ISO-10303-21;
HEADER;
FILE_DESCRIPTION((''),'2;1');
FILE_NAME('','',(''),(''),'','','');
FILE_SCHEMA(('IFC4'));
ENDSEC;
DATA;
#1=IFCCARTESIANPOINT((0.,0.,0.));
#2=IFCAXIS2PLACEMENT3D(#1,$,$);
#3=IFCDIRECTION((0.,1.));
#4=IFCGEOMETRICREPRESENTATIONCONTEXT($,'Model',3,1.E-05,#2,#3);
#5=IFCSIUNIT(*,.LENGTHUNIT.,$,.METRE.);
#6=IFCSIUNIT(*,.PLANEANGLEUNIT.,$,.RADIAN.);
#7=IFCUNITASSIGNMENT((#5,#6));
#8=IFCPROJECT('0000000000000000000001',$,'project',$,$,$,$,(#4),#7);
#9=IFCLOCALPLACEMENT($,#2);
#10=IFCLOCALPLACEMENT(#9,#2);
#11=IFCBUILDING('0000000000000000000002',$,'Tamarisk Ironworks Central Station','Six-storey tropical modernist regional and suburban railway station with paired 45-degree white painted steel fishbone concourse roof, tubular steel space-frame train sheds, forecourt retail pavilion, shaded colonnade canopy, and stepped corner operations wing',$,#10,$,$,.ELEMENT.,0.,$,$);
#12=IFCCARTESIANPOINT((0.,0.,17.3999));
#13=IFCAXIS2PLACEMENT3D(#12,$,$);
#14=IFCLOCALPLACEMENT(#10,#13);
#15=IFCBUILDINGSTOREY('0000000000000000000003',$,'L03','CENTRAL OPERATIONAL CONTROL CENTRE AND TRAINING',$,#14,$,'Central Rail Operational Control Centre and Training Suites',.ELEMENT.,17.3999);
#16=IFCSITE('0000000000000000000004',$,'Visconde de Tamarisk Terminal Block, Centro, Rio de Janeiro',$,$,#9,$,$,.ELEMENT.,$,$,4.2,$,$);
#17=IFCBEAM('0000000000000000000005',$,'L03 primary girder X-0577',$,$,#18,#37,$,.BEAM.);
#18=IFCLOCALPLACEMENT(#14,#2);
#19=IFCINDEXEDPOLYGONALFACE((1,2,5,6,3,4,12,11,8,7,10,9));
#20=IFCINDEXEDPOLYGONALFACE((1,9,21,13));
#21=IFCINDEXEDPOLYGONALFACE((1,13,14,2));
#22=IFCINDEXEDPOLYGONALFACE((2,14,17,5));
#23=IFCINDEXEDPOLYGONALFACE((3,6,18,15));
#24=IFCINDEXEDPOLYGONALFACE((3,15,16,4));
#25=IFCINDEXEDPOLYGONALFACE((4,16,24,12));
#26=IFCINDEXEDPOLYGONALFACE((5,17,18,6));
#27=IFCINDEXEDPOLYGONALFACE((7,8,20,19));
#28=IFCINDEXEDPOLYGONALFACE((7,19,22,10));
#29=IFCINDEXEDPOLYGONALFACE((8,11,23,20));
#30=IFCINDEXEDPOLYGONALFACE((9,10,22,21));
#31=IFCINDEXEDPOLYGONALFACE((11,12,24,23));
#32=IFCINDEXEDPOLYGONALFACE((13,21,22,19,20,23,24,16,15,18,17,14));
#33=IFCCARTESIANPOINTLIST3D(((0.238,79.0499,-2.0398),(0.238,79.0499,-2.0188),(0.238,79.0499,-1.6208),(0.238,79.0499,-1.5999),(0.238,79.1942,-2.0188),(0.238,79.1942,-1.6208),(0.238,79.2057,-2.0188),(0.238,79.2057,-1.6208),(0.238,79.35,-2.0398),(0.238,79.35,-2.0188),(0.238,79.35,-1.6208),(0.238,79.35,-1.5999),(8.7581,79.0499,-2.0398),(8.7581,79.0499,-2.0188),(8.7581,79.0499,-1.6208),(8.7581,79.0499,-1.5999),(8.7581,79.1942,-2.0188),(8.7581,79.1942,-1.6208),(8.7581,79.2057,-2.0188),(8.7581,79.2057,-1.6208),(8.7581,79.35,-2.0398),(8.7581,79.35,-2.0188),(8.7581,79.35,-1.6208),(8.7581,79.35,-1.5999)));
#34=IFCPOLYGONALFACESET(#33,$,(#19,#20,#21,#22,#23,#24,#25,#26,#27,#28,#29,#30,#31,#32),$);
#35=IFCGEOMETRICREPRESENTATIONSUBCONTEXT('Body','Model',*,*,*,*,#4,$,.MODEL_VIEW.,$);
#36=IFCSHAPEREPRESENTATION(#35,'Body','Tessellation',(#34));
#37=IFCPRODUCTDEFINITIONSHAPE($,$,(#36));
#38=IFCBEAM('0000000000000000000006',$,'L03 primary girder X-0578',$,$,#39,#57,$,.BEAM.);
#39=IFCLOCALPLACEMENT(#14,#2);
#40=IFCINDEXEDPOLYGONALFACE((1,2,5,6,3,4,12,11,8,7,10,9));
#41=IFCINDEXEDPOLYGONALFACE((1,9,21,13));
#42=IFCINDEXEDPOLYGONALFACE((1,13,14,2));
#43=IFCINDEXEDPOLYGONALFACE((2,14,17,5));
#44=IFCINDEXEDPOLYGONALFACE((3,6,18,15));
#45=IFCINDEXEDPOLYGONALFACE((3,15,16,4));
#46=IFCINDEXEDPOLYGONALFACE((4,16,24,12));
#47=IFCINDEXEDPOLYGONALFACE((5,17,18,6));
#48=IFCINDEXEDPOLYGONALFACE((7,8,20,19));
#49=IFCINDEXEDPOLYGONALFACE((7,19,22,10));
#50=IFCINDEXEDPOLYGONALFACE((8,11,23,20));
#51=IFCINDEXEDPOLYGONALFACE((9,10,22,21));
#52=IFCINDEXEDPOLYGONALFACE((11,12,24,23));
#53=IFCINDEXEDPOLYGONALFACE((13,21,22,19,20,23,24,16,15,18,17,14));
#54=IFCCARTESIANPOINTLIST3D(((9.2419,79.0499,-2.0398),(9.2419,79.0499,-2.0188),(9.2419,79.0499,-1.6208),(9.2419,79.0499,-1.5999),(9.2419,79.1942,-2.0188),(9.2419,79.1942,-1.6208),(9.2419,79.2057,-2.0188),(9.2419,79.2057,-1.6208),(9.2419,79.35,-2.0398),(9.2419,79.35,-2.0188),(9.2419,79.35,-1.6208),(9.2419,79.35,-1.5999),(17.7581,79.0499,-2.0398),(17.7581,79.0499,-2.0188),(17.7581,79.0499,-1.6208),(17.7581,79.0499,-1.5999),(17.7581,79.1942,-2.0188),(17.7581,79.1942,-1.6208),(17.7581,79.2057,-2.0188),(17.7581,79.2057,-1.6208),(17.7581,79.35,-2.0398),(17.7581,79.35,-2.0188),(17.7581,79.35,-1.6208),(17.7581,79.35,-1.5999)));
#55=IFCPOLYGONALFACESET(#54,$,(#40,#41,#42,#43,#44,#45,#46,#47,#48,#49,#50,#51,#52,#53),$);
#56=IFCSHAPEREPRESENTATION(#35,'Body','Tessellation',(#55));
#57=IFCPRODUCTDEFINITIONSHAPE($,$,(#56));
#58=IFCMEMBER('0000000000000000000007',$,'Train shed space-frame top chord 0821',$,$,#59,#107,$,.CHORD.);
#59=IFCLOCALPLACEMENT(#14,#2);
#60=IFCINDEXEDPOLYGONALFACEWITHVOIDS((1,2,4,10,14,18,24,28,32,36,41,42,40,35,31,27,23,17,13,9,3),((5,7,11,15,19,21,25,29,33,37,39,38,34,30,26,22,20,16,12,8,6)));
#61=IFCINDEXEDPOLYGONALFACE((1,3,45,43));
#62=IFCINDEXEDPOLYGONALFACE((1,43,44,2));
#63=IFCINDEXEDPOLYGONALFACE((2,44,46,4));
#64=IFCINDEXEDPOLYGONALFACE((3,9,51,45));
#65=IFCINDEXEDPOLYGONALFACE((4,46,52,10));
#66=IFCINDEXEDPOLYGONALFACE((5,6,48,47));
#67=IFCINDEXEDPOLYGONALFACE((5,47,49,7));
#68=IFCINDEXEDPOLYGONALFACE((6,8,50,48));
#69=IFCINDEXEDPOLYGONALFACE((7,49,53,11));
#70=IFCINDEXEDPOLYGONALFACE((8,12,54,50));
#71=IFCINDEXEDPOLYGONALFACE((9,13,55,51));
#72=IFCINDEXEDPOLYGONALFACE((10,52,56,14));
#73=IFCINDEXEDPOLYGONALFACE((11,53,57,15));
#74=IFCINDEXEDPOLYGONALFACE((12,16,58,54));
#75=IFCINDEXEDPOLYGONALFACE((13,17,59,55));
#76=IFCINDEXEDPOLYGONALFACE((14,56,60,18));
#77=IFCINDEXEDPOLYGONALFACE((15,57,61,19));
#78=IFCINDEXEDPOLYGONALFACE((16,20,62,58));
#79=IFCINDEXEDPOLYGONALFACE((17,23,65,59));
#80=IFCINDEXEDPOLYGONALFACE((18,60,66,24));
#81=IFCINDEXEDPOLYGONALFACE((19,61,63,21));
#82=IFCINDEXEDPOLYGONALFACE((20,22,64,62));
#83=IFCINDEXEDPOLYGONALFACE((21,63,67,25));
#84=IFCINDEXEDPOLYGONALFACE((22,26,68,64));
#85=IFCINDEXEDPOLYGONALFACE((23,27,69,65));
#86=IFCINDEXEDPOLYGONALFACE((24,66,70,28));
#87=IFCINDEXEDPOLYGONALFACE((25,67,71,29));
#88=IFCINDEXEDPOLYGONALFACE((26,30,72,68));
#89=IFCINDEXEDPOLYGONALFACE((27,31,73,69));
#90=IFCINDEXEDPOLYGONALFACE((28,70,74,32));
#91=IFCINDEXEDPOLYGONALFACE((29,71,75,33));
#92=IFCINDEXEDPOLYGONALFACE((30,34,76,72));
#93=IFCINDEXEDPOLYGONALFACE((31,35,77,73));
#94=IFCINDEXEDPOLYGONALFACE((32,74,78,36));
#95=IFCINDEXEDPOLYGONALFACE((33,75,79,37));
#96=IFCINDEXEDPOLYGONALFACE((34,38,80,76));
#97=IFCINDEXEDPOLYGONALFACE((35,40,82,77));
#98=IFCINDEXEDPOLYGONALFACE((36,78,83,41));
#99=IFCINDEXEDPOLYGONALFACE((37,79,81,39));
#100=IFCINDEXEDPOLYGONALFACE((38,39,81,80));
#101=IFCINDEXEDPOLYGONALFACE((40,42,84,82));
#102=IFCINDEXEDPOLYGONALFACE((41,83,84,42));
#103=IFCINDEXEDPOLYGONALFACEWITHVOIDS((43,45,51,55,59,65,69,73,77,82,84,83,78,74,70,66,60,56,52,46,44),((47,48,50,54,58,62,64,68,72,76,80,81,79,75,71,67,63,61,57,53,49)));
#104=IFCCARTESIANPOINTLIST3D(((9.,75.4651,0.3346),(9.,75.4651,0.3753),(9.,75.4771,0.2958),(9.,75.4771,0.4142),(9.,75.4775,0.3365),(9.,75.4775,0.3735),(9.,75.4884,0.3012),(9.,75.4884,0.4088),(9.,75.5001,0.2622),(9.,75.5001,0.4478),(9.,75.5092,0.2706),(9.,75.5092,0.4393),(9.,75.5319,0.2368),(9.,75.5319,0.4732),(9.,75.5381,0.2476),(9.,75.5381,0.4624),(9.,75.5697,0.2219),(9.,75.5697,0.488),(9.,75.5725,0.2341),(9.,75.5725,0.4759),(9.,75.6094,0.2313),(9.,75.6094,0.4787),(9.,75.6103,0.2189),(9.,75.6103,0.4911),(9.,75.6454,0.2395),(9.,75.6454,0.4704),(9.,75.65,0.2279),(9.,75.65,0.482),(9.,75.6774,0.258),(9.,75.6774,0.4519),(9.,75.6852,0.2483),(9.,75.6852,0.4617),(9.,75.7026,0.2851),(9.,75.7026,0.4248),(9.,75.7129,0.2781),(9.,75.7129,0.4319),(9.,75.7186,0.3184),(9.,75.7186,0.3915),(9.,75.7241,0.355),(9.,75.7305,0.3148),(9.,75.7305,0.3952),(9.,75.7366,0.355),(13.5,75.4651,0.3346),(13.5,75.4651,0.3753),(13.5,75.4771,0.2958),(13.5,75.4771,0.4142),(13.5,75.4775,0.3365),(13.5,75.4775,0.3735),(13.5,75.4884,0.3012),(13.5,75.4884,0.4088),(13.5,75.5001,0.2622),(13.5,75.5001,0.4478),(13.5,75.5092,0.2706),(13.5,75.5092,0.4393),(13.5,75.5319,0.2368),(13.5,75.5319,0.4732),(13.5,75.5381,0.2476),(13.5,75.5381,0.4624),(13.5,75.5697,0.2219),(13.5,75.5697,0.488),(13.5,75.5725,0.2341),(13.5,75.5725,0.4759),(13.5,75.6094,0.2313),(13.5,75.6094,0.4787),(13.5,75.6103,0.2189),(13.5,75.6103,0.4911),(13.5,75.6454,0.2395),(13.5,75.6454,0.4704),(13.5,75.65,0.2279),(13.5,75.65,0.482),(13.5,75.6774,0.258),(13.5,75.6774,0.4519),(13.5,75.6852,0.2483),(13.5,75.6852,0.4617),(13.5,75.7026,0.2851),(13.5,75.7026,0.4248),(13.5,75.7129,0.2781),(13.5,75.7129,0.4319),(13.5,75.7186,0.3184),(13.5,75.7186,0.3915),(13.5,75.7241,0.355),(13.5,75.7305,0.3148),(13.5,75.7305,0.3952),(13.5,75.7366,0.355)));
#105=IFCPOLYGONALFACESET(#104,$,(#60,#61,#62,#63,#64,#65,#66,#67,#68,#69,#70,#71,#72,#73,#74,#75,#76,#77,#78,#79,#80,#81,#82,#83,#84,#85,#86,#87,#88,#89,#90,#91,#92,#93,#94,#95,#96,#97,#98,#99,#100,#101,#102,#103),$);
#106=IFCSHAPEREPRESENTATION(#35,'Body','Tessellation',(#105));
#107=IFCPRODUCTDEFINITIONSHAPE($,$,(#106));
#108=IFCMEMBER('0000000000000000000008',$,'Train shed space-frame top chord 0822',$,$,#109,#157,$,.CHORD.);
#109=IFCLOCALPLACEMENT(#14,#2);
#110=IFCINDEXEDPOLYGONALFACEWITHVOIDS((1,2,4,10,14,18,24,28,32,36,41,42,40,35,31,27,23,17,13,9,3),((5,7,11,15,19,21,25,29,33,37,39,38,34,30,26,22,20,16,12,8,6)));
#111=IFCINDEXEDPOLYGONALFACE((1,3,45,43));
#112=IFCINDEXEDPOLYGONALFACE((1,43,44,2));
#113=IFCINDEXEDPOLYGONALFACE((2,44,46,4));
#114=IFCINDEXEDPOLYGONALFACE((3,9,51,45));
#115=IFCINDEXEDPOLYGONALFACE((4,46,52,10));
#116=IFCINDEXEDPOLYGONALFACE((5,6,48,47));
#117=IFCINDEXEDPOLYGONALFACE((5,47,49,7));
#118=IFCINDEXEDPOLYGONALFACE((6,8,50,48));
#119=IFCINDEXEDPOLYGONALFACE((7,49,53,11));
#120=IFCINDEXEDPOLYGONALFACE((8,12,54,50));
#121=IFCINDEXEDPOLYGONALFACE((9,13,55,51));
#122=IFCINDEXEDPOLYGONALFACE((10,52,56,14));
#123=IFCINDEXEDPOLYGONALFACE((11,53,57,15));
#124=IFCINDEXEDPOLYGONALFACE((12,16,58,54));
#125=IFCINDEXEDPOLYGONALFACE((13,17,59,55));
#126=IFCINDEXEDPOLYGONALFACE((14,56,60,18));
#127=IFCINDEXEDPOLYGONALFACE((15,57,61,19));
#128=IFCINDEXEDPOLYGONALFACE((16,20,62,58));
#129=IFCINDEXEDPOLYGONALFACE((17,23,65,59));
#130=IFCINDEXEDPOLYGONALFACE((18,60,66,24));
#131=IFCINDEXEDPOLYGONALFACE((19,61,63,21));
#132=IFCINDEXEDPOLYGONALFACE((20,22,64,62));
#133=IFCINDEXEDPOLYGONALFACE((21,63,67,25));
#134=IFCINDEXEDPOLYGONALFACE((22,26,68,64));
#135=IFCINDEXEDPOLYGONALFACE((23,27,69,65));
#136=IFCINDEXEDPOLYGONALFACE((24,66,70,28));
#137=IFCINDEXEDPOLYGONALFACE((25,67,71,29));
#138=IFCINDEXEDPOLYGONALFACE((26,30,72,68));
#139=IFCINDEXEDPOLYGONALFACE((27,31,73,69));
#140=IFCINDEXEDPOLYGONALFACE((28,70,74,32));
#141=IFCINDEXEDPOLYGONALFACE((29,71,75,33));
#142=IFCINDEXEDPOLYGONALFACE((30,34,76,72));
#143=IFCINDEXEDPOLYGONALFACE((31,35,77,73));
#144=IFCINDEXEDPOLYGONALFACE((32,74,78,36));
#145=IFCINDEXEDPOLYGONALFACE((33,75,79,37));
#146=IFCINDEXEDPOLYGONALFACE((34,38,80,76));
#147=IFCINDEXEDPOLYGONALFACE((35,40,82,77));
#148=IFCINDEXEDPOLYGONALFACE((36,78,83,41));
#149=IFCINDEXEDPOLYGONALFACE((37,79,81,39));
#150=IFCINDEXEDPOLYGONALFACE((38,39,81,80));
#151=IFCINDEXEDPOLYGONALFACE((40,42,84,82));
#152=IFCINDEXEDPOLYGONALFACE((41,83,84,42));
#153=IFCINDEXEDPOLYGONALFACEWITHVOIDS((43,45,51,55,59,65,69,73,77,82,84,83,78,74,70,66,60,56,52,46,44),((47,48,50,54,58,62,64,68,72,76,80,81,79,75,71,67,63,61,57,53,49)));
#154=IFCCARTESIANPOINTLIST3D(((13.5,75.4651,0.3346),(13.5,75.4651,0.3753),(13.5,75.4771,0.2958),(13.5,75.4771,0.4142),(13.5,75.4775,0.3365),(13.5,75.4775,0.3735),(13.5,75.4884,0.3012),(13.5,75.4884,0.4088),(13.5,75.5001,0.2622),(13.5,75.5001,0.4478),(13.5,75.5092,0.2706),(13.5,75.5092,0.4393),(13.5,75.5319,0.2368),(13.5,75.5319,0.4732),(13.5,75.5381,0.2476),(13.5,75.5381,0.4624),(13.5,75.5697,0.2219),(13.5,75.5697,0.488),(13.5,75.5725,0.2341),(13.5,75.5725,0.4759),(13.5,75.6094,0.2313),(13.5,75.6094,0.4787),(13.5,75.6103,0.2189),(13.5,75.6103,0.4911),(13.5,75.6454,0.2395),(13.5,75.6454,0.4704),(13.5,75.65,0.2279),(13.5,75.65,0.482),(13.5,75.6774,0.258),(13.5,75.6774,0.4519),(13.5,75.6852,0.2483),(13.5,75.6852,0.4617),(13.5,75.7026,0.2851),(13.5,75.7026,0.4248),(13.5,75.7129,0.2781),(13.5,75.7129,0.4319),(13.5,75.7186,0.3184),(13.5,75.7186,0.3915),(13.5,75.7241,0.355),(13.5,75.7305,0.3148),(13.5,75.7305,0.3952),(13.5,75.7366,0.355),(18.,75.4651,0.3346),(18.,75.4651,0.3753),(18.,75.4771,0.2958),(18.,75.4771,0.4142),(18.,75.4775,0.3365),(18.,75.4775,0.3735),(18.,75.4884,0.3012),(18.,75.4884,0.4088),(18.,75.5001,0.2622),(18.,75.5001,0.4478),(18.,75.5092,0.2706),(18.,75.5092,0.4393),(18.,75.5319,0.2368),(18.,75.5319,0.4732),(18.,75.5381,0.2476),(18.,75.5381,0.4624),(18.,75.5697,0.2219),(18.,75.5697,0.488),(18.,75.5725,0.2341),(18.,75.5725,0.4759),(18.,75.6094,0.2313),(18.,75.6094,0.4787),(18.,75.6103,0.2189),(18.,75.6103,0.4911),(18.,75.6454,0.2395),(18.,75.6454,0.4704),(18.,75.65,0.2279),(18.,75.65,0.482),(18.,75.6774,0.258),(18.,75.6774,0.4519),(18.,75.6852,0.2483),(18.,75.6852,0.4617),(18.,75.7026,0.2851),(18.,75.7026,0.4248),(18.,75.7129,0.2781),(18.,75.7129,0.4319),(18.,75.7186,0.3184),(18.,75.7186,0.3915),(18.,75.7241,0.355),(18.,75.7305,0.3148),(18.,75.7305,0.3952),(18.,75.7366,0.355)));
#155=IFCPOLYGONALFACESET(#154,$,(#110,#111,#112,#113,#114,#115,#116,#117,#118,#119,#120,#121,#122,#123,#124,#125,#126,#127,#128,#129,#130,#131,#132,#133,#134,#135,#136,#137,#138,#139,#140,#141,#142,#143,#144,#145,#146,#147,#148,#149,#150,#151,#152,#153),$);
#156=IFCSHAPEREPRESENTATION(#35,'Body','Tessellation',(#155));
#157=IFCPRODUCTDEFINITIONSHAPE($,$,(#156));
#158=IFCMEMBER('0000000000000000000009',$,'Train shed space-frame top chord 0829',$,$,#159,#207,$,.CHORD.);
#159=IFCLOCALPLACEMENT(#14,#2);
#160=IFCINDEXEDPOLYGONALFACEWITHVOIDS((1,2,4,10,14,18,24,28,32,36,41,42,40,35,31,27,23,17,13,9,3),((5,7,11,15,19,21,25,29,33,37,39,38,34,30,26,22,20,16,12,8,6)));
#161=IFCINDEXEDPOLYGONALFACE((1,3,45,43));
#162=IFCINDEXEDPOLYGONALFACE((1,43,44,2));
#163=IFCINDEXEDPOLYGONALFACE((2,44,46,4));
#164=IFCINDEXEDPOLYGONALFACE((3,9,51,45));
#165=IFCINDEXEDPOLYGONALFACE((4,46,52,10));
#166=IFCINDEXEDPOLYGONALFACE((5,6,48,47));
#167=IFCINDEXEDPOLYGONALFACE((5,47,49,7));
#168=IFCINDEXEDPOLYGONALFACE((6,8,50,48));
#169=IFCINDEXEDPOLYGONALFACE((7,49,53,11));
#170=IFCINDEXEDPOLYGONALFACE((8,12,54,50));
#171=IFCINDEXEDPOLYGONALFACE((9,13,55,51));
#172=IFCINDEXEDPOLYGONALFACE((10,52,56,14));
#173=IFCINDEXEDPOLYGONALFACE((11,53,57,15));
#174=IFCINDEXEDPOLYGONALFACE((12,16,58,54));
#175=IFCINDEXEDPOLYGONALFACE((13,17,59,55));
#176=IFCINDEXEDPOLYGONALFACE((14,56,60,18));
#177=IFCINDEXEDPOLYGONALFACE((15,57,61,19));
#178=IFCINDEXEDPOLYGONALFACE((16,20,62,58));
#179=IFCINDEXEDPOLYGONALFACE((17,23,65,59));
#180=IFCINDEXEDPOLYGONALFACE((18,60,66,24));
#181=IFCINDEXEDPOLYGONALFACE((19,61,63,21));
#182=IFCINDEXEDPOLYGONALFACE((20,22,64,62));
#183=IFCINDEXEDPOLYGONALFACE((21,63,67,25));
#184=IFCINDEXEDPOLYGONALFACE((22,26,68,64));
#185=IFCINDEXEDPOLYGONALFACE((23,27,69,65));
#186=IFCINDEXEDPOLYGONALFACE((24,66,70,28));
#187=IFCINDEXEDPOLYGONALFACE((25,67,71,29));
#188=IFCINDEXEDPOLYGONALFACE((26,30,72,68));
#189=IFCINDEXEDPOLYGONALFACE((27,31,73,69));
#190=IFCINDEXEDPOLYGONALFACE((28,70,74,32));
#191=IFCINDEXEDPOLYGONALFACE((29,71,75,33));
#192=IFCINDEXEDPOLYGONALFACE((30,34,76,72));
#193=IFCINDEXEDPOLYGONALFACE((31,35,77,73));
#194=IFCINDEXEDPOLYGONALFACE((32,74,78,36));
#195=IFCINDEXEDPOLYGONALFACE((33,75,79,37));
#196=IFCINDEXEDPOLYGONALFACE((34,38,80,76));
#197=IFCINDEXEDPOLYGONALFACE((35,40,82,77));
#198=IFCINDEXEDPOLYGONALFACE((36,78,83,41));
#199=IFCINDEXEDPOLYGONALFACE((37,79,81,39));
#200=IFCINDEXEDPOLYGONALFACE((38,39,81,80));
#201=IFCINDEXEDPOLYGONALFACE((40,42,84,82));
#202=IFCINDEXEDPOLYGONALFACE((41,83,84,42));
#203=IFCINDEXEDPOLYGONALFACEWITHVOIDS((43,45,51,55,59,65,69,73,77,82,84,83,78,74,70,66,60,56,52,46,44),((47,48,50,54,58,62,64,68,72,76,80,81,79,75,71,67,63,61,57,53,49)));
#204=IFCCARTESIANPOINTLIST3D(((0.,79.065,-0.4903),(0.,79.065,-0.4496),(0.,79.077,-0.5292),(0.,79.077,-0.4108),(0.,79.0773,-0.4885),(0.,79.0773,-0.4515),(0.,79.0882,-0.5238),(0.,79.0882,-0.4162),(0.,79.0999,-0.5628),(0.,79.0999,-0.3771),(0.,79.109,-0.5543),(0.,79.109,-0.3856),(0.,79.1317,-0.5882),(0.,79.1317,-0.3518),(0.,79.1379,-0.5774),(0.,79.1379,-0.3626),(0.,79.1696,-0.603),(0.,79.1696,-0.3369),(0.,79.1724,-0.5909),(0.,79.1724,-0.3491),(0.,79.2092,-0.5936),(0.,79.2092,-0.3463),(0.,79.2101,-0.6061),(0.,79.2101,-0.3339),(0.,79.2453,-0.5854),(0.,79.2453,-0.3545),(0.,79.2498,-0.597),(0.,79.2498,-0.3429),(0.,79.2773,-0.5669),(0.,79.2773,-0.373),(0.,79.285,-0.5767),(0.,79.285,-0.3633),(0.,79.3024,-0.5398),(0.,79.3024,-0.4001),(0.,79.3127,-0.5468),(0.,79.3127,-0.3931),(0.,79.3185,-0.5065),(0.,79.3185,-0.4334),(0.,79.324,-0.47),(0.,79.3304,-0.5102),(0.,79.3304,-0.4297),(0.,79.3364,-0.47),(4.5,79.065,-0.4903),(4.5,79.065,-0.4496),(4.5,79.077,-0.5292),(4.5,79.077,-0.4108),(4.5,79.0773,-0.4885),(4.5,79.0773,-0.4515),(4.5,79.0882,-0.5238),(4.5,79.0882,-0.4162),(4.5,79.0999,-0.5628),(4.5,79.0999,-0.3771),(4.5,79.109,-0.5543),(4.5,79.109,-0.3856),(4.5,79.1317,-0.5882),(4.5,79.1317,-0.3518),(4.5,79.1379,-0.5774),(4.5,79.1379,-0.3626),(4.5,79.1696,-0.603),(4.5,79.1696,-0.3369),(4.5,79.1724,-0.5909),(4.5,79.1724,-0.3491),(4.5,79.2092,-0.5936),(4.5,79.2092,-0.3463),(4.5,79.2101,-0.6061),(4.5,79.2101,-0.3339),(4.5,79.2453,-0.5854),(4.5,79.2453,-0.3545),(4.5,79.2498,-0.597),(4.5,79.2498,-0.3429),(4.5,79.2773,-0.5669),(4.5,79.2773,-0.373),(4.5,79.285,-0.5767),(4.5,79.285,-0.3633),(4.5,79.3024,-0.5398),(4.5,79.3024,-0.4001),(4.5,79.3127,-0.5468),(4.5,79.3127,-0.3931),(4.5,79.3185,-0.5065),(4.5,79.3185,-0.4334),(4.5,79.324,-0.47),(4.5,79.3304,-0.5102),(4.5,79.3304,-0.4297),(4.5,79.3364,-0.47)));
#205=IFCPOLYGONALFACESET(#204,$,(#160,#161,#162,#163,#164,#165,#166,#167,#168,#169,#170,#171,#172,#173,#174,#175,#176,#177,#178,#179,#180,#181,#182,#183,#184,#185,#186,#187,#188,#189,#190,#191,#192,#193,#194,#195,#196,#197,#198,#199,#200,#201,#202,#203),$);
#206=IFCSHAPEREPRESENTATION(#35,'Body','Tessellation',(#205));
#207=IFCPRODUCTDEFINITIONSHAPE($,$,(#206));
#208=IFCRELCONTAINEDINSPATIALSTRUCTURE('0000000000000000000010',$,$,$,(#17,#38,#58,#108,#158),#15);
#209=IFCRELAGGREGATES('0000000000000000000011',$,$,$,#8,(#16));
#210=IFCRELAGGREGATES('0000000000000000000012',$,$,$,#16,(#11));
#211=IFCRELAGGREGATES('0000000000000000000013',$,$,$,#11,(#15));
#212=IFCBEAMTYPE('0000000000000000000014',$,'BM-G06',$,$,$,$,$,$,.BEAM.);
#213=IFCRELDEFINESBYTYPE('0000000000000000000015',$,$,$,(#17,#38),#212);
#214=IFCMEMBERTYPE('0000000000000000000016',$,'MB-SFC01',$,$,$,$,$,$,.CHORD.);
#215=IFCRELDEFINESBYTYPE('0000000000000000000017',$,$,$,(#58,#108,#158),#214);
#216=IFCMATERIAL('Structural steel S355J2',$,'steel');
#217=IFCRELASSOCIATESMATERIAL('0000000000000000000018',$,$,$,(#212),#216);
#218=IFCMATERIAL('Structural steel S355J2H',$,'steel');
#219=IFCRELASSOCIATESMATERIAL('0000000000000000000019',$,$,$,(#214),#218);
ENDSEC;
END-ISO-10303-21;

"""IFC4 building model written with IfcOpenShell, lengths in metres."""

from ifc_helpers import new_model, si_unit, direction, frame, origin, origin_2d, place, context, subcontext, project, spatial, hollow_circle, i_section, extrude, material, material_profile, profile_set, type_object, element, save


model = new_model("IFC4")

# Units and contexts
model_context = context("Model", 3, precision=1e-05, world=origin(), true_north=direction((0.0, 1.0)))
body_context = subcontext(model_context, "Body", "Model", "MODEL_VIEW")
ifc_project = project(units=[si_unit("LENGTHUNIT", "METRE"), si_unit("PLANEANGLEUNIT", "RADIAN")], contexts=[model_context])

# Site, building, storey
site_placement = place(None, origin())
site = spatial("IfcSite", under=ifc_project, at=site_placement, Name="Visconde de Tamarisk Terminal Block, Centro, Rio de Janeiro", CompositionType="ELEMENT", RefElevation=4.2)
building_placement = place(site_placement, origin())
building = spatial("IfcBuilding", under=site, at=building_placement, Name="Tamarisk Ironworks Central Station", Description="Six-storey tropical modernist regional and suburban railway station with paired 45-degree white painted steel fishbone concourse roof, tubular steel space-frame train sheds, forecourt retail pavilion, shaded colonnade canopy, and stepped corner operations wing", CompositionType="ELEMENT", ElevationOfRefHeight=0.0)
storey_placement = place(building_placement, frame((0.0, 0.0, 17.3999)))
storey = spatial("IfcBuildingStorey", under=building, at=storey_placement, Name="L03", Description="CENTRAL OPERATIONAL CONTROL CENTRE AND TRAINING", LongName="Central Rail Operational Control Centre and Training Suites", CompositionType="ELEMENT", Elevation=17.3999)

# Beams
ifc_material_1 = material(Name="Structural steel S355J2", Category="steel")
ifc_material_profile_1 = material_profile(ifc_material_1, i_section(OverallWidth=0.3, OverallDepth=0.4399, WebThickness=0.0115, FlangeThickness=0.021, at=origin_2d()), Name="HEA 450")
ifc_profile_set_1 = profile_set([ifc_material_profile_1], Name="Structural steel S355J2")
beam_type = type_object("IfcBeamType", Name="BM-G06", PredefinedType="BEAM", material=ifc_profile_set_1)
beam_1_placement = place(storey_placement, frame((0.238, 79.2, -1.8198), z_axis=(1.0, 0.0, 0.0), x_axis=(0.0, 1.0, 0.0)))
element("IfcBeam", 1, at=beam_1_placement, inside=storey, type_object=beam_type, Name="L03 primary girder X-0577", PredefinedType="BEAM", context=body_context, shape_type="SweptSolid", body=[
    extrude(i_section(OverallWidth=0.3, OverallDepth=0.4399, WebThickness=0.0115, FlangeThickness=0.021, at=origin_2d()), origin(), (0.0, 0.0, 1.0), 8.52),
])
beam_2_placement = place(storey_placement, frame((9.2419, 79.2, -1.8198), z_axis=(1.0, 0.0, 0.0), x_axis=(0.0, 1.0, 0.0)))
element("IfcBeam", 2, at=beam_2_placement, inside=storey, type_object=beam_type, Name="L03 primary girder X-0578", PredefinedType="BEAM", context=body_context, shape_type="SweptSolid", body=[
    extrude(i_section(OverallWidth=0.3, OverallDepth=0.4399, WebThickness=0.0115, FlangeThickness=0.021, at=origin_2d()), origin(), (0.0, 0.0, 1.0), 8.5161),
])

# Members
ifc_material_2 = material(Name="Structural steel S355J2H", Category="steel")
ifc_material_profile_2 = material_profile(ifc_material_2, hollow_circle(Radius=0.1365, WallThickness=0.0125, at=origin_2d()), Name="CHS 273x12.5")
ifc_profile_set_2 = profile_set([ifc_material_profile_2], Name="Structural steel S355J2H")
member_type_1 = type_object("IfcMemberType", Name="MB-SFC01", PredefinedType="CHORD", material=ifc_profile_set_2)
for number, where, z_axis, x_axis, name in (
    (3, (9.0, 75.6001, 0.355), (1.0, 0.0, 0.0), (0.0, 1.0, 0.0), "Train shed space-frame top chord 0821"),
    (4, (13.5, 75.6001, 0.355), (1.0, 0.0, 0.0), (0.0, 1.0, 0.0), "Train shed space-frame top chord 0822"),
    (5, (0.0, 79.2, -0.47), (1.0, 0.0, 0.0), (0.0, 1.0, 0.0), "Train shed space-frame top chord 0829"),
):
    element("IfcMember", number, at=place(storey_placement, frame(where, z_axis=z_axis, x_axis=x_axis)), inside=storey, type_object=member_type_1, Name=name, PredefinedType="CHORD", context=body_context, shape_type="SweptSolid", body=[
        extrude(hollow_circle(Radius=0.1365, WallThickness=0.0125, at=origin_2d()), origin(), (0.0, 0.0, 1.0), 4.5),
    ])

save(model, "model.ifc")
